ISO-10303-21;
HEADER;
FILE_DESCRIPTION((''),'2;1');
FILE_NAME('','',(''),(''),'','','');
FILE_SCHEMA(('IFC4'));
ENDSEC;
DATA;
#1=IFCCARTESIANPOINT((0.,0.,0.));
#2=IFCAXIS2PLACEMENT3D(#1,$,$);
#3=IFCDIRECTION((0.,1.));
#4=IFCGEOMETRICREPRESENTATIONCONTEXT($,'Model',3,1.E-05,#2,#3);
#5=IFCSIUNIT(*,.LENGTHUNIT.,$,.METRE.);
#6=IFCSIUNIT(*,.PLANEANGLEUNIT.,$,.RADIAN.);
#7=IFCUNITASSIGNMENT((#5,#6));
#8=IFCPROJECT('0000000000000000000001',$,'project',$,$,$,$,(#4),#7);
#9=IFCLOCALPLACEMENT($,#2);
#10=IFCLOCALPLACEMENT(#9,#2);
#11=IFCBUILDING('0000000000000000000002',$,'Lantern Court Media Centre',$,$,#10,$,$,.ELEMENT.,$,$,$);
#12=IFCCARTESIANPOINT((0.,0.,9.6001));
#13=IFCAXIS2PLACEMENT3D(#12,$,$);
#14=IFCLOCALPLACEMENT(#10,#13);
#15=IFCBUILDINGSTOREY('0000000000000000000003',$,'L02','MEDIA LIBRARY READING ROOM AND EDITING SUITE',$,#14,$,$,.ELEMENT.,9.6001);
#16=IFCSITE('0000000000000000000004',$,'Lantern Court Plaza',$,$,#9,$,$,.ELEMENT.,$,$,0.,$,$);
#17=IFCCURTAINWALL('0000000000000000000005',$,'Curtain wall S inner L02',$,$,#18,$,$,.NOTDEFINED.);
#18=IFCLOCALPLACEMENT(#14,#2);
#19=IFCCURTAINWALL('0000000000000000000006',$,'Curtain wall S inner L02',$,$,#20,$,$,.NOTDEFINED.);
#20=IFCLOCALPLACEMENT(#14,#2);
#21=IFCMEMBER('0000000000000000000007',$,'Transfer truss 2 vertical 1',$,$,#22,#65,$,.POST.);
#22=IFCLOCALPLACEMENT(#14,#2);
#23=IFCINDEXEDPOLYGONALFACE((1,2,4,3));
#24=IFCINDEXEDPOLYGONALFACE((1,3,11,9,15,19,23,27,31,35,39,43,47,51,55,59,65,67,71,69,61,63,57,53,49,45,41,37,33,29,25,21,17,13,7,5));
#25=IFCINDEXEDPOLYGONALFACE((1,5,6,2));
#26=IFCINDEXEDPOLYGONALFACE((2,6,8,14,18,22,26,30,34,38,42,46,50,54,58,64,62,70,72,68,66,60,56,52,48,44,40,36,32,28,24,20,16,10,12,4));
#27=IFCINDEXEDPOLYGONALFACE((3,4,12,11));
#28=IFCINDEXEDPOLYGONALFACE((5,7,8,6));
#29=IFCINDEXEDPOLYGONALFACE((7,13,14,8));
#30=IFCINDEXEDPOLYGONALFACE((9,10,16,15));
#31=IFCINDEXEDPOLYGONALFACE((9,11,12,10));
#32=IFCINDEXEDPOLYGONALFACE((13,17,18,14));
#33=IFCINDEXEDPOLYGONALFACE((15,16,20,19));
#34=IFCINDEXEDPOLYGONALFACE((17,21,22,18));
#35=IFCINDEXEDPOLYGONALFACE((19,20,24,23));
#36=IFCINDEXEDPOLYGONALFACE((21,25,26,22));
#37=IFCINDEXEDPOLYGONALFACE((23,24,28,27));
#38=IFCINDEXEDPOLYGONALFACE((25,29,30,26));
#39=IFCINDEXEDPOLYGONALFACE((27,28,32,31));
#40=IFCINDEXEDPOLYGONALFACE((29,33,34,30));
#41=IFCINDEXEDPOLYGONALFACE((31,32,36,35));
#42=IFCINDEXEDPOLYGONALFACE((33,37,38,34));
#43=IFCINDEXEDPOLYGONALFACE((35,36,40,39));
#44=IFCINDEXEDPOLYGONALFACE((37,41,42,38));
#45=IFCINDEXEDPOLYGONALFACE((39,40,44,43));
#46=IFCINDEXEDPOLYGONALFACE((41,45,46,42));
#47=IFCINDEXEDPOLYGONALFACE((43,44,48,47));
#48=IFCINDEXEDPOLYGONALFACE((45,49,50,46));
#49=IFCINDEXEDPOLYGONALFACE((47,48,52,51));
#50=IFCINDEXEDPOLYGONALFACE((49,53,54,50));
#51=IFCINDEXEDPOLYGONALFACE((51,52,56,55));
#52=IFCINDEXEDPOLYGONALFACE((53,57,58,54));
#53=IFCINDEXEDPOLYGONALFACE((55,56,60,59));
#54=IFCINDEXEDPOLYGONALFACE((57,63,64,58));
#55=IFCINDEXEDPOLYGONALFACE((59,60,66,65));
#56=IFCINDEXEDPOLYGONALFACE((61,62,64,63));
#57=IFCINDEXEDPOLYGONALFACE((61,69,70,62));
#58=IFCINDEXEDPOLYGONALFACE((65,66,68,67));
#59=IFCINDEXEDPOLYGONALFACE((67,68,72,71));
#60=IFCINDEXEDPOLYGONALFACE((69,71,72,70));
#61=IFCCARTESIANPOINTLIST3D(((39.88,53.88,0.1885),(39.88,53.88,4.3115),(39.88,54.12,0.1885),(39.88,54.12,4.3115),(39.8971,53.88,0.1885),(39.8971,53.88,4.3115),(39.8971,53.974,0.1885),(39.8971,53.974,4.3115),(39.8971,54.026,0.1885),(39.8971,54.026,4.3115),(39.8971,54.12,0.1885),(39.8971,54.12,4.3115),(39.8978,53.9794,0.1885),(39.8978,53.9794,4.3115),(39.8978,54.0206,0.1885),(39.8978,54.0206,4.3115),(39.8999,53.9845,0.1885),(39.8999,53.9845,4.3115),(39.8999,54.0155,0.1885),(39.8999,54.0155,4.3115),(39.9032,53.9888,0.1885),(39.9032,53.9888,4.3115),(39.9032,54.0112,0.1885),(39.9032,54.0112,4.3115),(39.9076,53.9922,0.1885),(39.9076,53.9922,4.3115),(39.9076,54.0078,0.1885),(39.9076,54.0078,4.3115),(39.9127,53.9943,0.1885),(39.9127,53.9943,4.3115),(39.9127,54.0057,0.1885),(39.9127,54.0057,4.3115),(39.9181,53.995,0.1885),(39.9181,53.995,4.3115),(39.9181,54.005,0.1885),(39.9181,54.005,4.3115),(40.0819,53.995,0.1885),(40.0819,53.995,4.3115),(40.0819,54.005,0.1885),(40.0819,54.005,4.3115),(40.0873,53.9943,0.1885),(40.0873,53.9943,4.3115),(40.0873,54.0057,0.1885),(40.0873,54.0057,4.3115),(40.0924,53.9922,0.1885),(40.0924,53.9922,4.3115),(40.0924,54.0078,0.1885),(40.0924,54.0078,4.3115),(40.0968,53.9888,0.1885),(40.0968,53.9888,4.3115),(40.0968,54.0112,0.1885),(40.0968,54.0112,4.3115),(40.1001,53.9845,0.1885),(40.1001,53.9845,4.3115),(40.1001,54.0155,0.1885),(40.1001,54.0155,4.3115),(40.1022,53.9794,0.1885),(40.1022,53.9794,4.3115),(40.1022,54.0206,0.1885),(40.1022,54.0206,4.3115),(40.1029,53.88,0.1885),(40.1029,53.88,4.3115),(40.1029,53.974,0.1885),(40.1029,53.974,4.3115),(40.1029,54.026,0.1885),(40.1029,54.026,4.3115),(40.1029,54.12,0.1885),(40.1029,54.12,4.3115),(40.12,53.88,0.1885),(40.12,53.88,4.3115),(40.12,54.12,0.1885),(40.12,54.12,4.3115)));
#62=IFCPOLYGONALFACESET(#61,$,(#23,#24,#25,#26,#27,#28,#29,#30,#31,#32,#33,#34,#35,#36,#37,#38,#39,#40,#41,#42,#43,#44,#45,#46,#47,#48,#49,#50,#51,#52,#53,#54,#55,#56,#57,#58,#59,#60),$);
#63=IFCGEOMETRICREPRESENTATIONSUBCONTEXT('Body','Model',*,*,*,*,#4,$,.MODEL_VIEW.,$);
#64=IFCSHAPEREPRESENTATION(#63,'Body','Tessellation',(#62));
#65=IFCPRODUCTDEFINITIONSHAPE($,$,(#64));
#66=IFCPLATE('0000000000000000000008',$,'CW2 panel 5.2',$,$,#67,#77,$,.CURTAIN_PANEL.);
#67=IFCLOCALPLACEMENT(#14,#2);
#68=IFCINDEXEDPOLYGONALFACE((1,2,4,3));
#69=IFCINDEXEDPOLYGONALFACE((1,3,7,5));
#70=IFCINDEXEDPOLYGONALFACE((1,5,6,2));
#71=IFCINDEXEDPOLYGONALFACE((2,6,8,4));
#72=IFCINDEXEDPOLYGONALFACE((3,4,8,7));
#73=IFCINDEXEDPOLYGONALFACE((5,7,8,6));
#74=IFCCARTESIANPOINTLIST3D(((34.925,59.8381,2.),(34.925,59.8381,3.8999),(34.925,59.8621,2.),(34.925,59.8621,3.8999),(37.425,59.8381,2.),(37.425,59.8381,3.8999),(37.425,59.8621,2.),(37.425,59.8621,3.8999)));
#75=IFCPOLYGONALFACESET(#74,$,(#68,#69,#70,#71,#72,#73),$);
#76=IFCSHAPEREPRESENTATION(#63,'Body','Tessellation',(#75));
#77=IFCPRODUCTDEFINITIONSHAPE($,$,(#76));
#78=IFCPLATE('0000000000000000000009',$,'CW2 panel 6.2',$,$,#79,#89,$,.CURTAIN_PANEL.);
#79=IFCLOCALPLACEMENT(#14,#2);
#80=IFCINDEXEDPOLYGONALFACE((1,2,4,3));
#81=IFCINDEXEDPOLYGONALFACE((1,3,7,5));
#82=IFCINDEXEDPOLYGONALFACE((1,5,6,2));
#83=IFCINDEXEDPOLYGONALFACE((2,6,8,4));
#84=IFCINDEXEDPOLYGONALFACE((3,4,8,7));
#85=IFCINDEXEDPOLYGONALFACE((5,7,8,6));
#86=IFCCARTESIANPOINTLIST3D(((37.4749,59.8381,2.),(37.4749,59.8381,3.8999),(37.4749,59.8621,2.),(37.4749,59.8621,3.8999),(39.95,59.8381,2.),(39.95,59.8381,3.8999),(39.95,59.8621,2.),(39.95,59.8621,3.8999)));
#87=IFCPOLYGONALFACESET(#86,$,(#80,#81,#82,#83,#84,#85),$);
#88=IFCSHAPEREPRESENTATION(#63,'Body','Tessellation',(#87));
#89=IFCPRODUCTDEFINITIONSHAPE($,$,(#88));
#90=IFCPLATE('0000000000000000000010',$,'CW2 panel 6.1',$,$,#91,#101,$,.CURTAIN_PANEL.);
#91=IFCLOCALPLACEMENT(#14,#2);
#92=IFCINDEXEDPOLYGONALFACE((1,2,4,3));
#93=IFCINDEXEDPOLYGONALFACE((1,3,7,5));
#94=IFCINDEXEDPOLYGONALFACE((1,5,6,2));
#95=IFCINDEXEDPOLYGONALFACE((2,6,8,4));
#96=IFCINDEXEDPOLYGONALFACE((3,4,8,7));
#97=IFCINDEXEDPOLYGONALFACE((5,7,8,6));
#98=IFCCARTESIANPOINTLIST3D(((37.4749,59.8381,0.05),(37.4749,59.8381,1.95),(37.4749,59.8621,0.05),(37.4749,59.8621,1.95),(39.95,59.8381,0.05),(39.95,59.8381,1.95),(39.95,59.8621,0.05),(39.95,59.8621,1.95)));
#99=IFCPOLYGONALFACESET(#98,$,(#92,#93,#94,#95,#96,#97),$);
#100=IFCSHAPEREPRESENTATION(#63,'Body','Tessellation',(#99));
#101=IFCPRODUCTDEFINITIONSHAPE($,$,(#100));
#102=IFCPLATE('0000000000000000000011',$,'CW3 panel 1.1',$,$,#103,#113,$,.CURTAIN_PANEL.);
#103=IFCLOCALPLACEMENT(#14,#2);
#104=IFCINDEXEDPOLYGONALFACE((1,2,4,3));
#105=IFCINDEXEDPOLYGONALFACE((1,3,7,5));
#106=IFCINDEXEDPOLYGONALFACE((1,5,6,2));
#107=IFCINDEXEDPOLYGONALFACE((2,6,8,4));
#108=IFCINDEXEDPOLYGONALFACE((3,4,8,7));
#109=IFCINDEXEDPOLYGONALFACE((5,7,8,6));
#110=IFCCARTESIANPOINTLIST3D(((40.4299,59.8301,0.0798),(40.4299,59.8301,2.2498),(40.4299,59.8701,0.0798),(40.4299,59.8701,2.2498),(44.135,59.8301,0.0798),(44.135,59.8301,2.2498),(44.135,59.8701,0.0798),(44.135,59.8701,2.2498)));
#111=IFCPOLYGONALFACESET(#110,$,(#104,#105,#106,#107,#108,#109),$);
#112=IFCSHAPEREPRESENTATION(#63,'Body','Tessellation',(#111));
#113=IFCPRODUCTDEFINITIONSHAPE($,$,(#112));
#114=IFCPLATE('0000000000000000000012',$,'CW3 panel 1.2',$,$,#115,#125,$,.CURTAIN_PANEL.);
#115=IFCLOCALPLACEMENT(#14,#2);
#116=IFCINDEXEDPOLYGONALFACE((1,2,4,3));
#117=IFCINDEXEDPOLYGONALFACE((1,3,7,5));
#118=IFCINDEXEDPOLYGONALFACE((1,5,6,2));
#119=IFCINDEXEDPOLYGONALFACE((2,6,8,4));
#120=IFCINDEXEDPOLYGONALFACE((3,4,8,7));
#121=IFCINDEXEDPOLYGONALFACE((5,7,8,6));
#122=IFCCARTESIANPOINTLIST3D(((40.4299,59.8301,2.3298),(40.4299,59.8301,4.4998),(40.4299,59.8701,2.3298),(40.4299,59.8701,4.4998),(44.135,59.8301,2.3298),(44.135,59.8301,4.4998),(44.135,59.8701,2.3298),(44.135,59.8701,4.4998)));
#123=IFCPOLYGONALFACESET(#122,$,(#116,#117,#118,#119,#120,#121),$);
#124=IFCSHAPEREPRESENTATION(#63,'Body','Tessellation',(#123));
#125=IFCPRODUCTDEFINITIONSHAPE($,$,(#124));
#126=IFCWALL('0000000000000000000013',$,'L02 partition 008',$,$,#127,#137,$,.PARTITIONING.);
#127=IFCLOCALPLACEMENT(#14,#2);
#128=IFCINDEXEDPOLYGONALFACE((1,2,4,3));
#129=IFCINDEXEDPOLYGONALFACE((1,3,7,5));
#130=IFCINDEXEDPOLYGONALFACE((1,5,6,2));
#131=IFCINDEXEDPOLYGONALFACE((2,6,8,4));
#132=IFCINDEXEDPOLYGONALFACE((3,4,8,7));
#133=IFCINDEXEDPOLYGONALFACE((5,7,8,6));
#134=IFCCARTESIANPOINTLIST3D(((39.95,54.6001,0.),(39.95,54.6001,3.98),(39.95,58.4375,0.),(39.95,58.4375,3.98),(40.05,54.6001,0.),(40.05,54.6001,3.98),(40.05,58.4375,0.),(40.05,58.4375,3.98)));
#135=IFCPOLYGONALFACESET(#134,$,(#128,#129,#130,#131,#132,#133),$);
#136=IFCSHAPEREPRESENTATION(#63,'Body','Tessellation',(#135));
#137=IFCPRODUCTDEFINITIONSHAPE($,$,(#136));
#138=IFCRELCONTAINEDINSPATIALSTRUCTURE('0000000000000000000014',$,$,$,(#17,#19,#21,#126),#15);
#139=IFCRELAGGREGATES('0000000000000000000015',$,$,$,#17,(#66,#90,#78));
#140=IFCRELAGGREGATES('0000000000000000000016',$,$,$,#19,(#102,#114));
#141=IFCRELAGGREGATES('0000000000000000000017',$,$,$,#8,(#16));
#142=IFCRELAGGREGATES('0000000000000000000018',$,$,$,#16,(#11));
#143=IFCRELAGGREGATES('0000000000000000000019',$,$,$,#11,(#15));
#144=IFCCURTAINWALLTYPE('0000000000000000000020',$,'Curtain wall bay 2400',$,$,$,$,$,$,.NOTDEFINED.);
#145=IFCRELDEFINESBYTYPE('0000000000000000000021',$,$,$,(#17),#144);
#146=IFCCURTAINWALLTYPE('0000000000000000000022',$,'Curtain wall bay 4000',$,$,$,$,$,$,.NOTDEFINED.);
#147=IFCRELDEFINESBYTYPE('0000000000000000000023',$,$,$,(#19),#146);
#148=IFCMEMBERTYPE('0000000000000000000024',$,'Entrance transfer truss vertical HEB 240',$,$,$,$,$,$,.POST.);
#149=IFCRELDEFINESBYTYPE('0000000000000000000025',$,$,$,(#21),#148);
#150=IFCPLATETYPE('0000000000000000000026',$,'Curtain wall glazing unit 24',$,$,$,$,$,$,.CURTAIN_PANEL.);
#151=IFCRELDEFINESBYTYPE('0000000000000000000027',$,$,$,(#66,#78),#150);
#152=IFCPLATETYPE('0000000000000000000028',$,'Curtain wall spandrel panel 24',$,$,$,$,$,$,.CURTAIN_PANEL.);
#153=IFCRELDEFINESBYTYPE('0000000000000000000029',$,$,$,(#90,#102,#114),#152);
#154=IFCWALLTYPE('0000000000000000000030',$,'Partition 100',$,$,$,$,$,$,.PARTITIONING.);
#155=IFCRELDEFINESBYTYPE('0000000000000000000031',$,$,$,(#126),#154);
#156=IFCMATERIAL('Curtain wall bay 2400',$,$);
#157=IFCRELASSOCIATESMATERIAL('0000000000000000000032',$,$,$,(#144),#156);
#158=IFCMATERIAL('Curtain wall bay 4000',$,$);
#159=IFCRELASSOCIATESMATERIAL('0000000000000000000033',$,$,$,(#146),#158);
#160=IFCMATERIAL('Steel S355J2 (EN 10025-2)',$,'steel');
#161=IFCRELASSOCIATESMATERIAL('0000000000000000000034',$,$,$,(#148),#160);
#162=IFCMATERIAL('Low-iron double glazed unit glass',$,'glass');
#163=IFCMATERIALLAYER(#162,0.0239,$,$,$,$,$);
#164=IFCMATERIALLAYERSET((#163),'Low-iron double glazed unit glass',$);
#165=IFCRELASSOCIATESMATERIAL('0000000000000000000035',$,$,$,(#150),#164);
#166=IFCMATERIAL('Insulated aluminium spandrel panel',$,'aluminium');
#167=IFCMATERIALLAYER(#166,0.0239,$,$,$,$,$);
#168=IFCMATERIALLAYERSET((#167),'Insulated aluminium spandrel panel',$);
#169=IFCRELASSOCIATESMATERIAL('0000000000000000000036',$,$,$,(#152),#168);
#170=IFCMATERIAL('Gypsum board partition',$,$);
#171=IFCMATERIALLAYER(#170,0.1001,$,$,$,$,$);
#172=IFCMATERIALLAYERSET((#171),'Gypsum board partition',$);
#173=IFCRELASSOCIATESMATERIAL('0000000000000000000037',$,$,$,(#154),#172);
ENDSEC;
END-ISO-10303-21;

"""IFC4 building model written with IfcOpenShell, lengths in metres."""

from ifc_helpers import new_model, si_unit, direction, frame, frame_2d, origin, origin_2d, place, context, subcontext, project, spatial, rectangle, i_section, extrude, material, layer, layer_set, material_profile, profile_set, type_object, element, aggregate, save


model = new_model("IFC4")

# Units and contexts
model_context = context("Model", 3, precision=1e-05, world=origin(), true_north=direction((0.0, 1.0)))
body_context = subcontext(model_context, "Body", "Model", "MODEL_VIEW")
ifc_project = project(units=[si_unit("LENGTHUNIT", "METRE"), si_unit("PLANEANGLEUNIT", "RADIAN")], contexts=[model_context])

# Site, building, storey
site_placement = place(None, origin())
site = spatial("IfcSite", under=ifc_project, at=site_placement, Name="Lantern Court Plaza", CompositionType="ELEMENT", RefElevation=0.0)
building_placement = place(site_placement, origin())
building = spatial("IfcBuilding", under=site, at=building_placement, Name="Lantern Court Media Centre", CompositionType="ELEMENT")
storey_placement = place(building_placement, frame((0.0, 0.0, 9.6001)))
storey = spatial("IfcBuildingStorey", under=building, at=storey_placement, Name="L02", Description="MEDIA LIBRARY READING ROOM AND EDITING SUITE", CompositionType="ELEMENT", Elevation=9.6001)

# Curtain wall
ifc_material_1 = material(Name="Curtain wall bay 2400")
curtain_wall_type_1 = type_object("IfcCurtainWallType", Name="Curtain wall bay 2400", PredefinedType="NOTDEFINED", material=ifc_material_1)
curtain_wall_1_placement = place(storey_placement, origin())
curtain_wall_1 = element("IfcCurtainWall", 1, at=curtain_wall_1_placement, inside=storey, type_object=curtain_wall_type_1, Name="Curtain wall S inner L02", PredefinedType="NOTDEFINED")

# Curtain wall
ifc_material_2 = material(Name="Curtain wall bay 4000")
curtain_wall_type_2 = type_object("IfcCurtainWallType", Name="Curtain wall bay 4000", PredefinedType="NOTDEFINED", material=ifc_material_2)
curtain_wall_2_placement = place(storey_placement, origin())
curtain_wall_2 = element("IfcCurtainWall", 2, at=curtain_wall_2_placement, inside=storey, type_object=curtain_wall_type_2, Name="Curtain wall S inner L02", PredefinedType="NOTDEFINED")

# Member
ifc_material_3 = material(Name="Steel S355J2 (EN 10025-2)", Category="steel")
ifc_material_profile_1 = material_profile(ifc_material_3, i_section(OverallWidth=0.24, OverallDepth=0.24, WebThickness=0.01, FlangeThickness=0.0171, FilletRadius=0.021, at=origin_2d()), Name="HEB 240")
ifc_profile_set_1 = profile_set([ifc_material_profile_1], Name="Steel S355J2 (EN 10025-2)")
member_type_1 = type_object("IfcMemberType", Name="Entrance transfer truss vertical HEB 240", PredefinedType="POST", material=ifc_profile_set_1)
member_1_placement = place(storey_placement, frame((40.0, 54.0, 0.1885), z_axis=(0.0, 0.0, 1.0), x_axis=(0.0, 1.0, 0.0)))
element("IfcMember", 3, at=member_1_placement, inside=storey, type_object=member_type_1, Name="Transfer truss 2 vertical 1", PredefinedType="POST", context=body_context, shape_type="SweptSolid", body=[
    extrude(i_section(OverallWidth=0.24, OverallDepth=0.24, WebThickness=0.01, FlangeThickness=0.0171, FilletRadius=0.021, at=origin_2d()), origin(), (0.0, 0.0, 1.0), 4.123),
])

# Plates
ifc_material_4 = material(Name="Low-iron double glazed unit glass", Category="glass")
ifc_layer_1 = layer(ifc_material_4, 0.0239)
ifc_layer_set_1 = layer_set([ifc_layer_1], Name="Low-iron double glazed unit glass")
plate_type_1 = type_object("IfcPlateType", Name="Curtain wall glazing unit 24", PredefinedType="CURTAIN_PANEL", material=ifc_layer_set_1)
plate_1_placement = place(storey_placement, frame((36.175, 59.8501, 2.0), z_axis=(0.0, 0.0, 1.0), x_axis=(1.0, 0.0, 0.0)))
plate_1 = element("IfcPlate", 4, at=plate_1_placement, type_object=plate_type_1, Name="CW2 panel 5.2", PredefinedType="CURTAIN_PANEL", context=body_context, shape_type="SweptSolid", body=[
    extrude(rectangle(XDim=2.5, YDim=0.0239, at=origin_2d()), origin(), (0.0, 0.0, 1.0), 1.8999),
])
plate_2_placement = place(storey_placement, frame((38.7124, 59.8501, 2.0), z_axis=(0.0, 0.0, 1.0), x_axis=(1.0, 0.0, 0.0)))
plate_2 = element("IfcPlate", 5, at=plate_2_placement, type_object=plate_type_1, Name="CW2 panel 6.2", PredefinedType="CURTAIN_PANEL", context=body_context, shape_type="SweptSolid", body=[
    extrude(rectangle(XDim=2.4751, YDim=0.0239, at=origin_2d()), origin(), (0.0, 0.0, 1.0), 1.8999),
])
ifc_material_5 = material(Name="Insulated aluminium spandrel panel", Category="aluminium")
ifc_layer_2 = layer(ifc_material_5, 0.0239)
ifc_layer_set_2 = layer_set([ifc_layer_2], Name="Insulated aluminium spandrel panel")
plate_type_2 = type_object("IfcPlateType", Name="Curtain wall spandrel panel 24", PredefinedType="CURTAIN_PANEL", material=ifc_layer_set_2)
plate_3_placement = place(storey_placement, frame((38.7124, 59.8501, 0.05), z_axis=(0.0, 0.0, 1.0), x_axis=(1.0, 0.0, 0.0)))
plate_3 = element("IfcPlate", 6, at=plate_3_placement, type_object=plate_type_2, Name="CW2 panel 6.1", PredefinedType="CURTAIN_PANEL", context=body_context, shape_type="SweptSolid", body=[
    extrude(rectangle(XDim=2.4751, YDim=0.0239, at=origin_2d()), origin(), (0.0, 0.0, 1.0), 1.8999),
])
aggregate(curtain_wall_1, [plate_1, plate_3, plate_2])
plate_4_placement = place(storey_placement, frame((42.2825, 59.8501, 0.0798), z_axis=(0.0, 0.0, 1.0), x_axis=(1.0, 0.0, 0.0)))
plate_4 = element("IfcPlate", 7, at=plate_4_placement, type_object=plate_type_2, Name="CW3 panel 1.1", PredefinedType="CURTAIN_PANEL", context=body_context, shape_type="SweptSolid", body=[
    extrude(rectangle(XDim=3.7051, YDim=0.04, at=origin_2d()), origin(), (0.0, 0.0, 1.0), 2.1699),
])
plate_5_placement = place(storey_placement, frame((42.2825, 59.8501, 2.3298), z_axis=(0.0, 0.0, 1.0), x_axis=(1.0, 0.0, 0.0)))
plate_5 = element("IfcPlate", 8, at=plate_5_placement, type_object=plate_type_2, Name="CW3 panel 1.2", PredefinedType="CURTAIN_PANEL", context=body_context, shape_type="SweptSolid", body=[
    extrude(rectangle(XDim=3.7051, YDim=0.04, at=origin_2d()), origin(), (0.0, 0.0, 1.0), 2.1699),
])
aggregate(curtain_wall_2, [plate_4, plate_5])

# Wall
ifc_material_6 = material(Name="Gypsum board partition")
ifc_layer_3 = layer(ifc_material_6, 0.1001)
ifc_layer_set_3 = layer_set([ifc_layer_3], Name="Gypsum board partition")
wall_type = type_object("IfcWallType", Name="Partition 100", PredefinedType="PARTITIONING", material=ifc_layer_set_3)
wall_placement = place(storey_placement, frame((40.0, 54.6001, 0.0), z_axis=(0.0, 0.0, 1.0), x_axis=(0.0, 1.0, 0.0)))
element("IfcWall", 9, at=wall_placement, inside=storey, type_object=wall_type, Name="L02 partition 008", PredefinedType="PARTITIONING", context=body_context, shape_type="SweptSolid", body=[
    extrude(rectangle(XDim=3.8374, YDim=0.1001, at=frame_2d((1.9187, 0.0))), origin(), (0.0, 0.0, 1.0), 3.98),
])

save(model, "model.ifc")
